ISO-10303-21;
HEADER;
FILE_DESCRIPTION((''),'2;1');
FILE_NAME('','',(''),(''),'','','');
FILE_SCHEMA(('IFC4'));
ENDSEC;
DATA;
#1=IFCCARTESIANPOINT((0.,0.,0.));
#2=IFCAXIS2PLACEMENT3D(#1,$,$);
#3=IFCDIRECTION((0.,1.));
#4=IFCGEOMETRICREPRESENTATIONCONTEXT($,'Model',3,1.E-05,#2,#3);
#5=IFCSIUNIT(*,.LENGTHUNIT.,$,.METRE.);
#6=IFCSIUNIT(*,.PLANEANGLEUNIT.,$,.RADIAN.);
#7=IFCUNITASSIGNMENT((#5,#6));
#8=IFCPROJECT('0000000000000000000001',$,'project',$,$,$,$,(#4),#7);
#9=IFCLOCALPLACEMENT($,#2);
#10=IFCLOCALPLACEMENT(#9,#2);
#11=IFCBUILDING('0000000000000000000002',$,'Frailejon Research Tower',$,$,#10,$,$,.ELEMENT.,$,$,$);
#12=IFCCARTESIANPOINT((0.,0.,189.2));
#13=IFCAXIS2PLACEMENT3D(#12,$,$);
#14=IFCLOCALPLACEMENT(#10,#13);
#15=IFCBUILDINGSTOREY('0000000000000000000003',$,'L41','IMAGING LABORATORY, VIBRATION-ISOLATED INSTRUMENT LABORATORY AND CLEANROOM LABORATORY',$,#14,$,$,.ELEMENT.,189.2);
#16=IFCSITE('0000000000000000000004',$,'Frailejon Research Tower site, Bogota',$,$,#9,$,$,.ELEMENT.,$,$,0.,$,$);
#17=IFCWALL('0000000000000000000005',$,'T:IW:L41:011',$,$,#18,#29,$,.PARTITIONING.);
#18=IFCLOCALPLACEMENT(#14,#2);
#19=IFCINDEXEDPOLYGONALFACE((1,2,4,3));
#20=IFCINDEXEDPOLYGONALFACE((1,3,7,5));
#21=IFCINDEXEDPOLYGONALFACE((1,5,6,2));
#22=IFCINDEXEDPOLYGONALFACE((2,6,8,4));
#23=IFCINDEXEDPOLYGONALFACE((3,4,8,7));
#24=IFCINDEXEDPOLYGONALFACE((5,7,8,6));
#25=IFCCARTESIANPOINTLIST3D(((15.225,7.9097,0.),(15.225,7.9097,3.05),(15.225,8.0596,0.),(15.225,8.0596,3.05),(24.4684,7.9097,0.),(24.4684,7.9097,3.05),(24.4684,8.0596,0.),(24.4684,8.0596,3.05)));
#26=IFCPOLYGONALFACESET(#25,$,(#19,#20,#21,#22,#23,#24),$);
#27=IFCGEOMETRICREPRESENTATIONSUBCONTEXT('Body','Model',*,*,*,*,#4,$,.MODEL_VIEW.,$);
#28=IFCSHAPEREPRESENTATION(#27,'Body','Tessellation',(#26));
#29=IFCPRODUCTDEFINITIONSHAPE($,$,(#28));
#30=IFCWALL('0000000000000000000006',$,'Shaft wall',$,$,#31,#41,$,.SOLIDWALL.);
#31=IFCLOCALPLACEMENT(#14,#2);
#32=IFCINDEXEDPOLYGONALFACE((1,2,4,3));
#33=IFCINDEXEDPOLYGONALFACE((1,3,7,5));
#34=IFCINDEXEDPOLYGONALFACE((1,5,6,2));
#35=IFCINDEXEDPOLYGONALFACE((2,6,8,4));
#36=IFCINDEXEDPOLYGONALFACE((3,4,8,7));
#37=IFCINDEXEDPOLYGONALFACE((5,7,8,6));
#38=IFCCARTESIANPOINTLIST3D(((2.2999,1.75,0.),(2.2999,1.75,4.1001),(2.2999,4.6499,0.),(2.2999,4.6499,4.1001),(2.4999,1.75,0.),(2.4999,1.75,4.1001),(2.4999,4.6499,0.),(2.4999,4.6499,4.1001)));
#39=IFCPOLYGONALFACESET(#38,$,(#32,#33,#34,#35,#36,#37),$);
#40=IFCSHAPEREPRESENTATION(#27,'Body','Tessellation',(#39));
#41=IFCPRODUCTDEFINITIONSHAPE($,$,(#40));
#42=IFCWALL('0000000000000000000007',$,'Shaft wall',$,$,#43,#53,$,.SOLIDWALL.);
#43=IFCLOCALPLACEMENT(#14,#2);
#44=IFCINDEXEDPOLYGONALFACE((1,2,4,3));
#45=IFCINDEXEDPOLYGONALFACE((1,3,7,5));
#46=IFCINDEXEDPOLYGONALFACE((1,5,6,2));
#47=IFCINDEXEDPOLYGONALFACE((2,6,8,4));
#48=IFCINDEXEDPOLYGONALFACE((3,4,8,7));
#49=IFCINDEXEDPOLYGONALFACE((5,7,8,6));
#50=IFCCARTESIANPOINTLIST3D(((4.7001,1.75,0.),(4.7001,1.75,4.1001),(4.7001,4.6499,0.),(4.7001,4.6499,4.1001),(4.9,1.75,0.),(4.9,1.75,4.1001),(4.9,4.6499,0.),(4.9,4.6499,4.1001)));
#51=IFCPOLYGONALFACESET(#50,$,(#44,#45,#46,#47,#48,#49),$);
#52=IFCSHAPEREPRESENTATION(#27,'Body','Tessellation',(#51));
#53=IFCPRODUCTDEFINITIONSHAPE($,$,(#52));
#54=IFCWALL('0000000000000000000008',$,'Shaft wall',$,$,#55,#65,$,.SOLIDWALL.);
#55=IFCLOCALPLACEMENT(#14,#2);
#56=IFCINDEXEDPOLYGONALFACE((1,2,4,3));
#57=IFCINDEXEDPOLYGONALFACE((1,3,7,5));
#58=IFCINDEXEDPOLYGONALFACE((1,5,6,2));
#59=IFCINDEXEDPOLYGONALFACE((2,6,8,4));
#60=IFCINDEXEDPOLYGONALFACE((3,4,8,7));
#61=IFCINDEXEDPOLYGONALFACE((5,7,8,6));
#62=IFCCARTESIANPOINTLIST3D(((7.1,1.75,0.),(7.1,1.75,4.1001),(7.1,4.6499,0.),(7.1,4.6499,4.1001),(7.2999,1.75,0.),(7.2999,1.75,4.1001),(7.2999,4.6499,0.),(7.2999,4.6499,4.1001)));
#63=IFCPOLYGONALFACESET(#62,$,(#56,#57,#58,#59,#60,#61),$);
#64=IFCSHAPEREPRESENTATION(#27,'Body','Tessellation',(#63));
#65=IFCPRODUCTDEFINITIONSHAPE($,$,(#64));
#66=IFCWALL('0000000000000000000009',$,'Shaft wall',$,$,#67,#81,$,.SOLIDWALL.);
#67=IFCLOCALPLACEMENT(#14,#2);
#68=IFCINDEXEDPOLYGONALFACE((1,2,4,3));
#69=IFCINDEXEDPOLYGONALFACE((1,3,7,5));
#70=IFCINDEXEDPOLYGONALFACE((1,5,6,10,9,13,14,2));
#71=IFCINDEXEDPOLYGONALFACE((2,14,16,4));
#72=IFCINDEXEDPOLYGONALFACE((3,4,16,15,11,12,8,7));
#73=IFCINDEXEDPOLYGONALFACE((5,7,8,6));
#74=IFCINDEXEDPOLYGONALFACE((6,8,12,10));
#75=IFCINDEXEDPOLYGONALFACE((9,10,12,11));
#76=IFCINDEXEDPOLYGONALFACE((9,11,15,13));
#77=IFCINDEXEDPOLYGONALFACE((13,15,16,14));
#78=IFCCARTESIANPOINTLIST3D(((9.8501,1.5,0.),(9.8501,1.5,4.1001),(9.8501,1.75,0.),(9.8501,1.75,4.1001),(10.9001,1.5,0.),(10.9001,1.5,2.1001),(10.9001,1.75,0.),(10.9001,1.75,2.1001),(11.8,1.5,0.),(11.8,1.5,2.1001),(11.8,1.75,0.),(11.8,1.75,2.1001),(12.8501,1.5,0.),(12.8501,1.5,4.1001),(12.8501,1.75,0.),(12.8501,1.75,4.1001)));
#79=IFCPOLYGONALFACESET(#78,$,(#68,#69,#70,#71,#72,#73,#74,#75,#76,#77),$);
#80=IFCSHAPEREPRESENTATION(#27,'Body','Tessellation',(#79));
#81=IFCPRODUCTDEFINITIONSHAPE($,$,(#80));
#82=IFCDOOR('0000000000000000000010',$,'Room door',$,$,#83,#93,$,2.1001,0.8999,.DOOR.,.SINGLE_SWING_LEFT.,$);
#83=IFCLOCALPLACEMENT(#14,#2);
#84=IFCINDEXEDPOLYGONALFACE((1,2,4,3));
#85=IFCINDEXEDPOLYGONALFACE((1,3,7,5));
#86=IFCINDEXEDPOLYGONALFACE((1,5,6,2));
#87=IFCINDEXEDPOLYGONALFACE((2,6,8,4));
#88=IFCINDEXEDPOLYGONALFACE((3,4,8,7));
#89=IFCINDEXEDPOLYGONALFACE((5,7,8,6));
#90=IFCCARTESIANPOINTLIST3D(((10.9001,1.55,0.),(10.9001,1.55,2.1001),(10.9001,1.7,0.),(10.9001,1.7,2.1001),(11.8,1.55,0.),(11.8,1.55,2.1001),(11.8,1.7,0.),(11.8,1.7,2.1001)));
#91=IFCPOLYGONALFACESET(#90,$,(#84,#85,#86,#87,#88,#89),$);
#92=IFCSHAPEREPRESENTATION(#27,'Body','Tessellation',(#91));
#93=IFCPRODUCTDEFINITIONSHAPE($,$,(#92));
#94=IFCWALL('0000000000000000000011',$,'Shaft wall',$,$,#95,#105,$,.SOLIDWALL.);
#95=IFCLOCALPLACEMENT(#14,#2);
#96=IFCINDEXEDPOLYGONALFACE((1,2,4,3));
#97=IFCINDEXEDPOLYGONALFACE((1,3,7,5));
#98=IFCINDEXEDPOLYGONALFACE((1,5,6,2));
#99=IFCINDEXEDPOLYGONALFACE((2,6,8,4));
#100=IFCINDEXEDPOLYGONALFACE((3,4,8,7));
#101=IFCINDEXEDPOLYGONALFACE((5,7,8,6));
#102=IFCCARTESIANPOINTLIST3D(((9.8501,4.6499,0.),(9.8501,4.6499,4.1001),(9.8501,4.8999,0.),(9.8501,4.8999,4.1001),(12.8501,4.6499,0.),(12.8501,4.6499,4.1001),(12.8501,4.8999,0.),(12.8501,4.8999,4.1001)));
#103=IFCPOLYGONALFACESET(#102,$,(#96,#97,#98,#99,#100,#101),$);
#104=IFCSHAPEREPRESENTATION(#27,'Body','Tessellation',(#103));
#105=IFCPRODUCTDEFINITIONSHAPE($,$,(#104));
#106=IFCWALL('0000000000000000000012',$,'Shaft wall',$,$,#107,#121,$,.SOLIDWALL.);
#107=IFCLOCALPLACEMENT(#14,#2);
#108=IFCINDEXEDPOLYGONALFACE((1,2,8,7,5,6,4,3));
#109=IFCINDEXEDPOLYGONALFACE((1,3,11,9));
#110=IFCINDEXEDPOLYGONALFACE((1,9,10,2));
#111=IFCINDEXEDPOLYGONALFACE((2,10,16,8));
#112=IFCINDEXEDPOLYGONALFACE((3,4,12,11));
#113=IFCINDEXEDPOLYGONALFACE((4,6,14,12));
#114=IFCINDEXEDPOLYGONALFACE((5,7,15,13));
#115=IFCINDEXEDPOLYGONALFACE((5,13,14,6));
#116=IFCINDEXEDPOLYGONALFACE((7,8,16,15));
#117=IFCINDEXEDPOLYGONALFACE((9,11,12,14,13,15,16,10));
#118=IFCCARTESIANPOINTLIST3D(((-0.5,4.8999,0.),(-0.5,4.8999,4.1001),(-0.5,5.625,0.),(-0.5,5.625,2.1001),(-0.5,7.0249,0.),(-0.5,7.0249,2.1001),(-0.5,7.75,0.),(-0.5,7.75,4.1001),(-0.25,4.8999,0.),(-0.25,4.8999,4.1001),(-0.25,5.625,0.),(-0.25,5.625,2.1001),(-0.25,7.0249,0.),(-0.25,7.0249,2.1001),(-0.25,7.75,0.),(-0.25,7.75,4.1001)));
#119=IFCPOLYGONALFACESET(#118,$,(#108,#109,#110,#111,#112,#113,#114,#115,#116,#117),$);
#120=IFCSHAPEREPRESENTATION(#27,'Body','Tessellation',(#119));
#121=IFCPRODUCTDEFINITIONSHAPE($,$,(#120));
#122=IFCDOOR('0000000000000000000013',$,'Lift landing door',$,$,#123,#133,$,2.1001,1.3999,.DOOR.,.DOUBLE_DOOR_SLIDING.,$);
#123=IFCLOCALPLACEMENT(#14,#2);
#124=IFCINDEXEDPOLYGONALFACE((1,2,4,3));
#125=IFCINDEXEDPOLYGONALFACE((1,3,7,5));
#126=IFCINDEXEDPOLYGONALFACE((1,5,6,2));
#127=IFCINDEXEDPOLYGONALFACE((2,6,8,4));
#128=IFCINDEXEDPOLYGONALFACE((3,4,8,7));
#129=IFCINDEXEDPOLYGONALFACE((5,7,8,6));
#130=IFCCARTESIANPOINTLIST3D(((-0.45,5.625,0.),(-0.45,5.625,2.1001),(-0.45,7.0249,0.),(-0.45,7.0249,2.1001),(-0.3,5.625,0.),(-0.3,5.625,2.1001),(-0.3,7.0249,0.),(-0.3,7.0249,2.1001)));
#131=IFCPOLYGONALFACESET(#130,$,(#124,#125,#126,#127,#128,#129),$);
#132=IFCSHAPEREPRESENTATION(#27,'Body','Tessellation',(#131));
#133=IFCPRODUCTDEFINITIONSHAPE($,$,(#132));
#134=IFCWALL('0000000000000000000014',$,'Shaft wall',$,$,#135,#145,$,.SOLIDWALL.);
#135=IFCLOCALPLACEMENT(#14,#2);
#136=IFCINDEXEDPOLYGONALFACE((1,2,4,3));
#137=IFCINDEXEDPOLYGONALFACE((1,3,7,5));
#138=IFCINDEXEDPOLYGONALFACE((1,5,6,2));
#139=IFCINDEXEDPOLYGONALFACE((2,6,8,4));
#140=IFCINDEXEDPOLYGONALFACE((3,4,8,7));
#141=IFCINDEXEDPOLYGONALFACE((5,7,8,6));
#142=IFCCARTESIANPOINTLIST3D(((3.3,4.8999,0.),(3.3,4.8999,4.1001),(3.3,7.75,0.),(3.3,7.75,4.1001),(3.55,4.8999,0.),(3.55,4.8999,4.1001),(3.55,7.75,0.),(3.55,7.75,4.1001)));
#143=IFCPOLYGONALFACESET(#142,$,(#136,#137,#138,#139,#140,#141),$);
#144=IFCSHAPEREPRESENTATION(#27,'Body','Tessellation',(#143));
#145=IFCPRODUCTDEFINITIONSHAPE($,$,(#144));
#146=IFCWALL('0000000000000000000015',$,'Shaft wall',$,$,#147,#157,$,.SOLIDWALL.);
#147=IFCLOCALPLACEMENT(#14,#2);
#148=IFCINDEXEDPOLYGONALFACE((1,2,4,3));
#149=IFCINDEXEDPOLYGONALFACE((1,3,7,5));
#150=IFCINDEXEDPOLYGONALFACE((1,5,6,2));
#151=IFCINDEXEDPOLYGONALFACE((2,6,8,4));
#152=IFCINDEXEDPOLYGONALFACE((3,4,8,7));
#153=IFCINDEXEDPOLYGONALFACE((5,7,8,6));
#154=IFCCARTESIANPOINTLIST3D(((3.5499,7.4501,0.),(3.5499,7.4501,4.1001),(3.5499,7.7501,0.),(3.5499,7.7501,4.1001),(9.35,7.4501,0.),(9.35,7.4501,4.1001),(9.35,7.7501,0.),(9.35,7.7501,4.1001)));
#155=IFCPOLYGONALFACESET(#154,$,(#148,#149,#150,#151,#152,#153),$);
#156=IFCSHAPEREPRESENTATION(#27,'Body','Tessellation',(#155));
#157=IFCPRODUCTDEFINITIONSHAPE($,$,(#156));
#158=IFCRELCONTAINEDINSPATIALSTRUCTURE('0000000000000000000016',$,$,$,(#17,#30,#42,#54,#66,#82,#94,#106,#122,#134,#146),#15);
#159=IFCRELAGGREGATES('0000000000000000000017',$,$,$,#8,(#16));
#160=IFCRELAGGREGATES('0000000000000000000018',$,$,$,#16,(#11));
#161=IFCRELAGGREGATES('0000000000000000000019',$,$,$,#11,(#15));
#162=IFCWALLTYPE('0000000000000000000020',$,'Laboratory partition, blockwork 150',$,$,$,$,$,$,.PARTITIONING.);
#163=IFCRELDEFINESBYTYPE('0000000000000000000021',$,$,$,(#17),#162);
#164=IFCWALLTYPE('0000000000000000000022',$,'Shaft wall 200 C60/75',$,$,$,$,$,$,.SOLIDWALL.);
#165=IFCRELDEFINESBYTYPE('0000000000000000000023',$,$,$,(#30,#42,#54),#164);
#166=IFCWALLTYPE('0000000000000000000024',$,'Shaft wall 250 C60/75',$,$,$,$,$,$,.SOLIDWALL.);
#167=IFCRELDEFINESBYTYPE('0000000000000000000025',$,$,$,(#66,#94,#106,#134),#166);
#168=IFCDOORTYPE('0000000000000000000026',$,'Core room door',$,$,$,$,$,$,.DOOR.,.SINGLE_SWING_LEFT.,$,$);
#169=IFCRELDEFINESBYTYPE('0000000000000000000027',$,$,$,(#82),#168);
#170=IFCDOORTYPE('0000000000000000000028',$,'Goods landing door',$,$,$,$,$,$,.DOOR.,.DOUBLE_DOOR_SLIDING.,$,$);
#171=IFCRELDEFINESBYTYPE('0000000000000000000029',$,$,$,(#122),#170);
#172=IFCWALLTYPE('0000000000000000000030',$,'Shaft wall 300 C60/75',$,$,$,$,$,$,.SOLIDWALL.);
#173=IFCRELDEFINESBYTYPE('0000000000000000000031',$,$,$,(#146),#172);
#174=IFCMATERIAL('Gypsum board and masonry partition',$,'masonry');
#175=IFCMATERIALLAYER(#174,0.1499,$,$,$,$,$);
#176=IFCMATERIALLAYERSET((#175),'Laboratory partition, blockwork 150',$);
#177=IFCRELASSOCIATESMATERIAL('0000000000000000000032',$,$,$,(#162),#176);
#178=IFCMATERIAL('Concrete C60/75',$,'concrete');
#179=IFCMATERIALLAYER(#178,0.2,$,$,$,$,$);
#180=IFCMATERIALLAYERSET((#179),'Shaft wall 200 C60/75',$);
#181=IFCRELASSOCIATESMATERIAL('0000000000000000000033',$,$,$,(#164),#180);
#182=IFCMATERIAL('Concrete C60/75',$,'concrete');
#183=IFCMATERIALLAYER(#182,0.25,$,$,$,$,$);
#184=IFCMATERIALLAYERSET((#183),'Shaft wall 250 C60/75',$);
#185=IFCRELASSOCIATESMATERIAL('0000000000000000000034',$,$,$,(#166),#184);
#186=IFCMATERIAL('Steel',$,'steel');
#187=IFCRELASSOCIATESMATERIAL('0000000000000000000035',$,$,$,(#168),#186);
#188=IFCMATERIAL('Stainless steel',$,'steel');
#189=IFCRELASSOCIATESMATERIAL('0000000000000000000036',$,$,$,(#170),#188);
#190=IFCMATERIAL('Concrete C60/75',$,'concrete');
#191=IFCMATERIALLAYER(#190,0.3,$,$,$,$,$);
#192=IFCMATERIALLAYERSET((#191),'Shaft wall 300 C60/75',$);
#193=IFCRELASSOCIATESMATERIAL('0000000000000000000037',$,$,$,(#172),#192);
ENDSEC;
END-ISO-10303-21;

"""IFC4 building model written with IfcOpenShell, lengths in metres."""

from ifc_helpers import new_model, si_unit, direction, frame, frame_2d, origin, place, context, subcontext, project, spatial, rectangle, extrude, material, layer, layer_set, type_object, element, fill, save


model = new_model("IFC4")

# Units and contexts
model_context = context("Model", 3, precision=1e-05, world=origin(), true_north=direction((0.0, 1.0)))
body_context = subcontext(model_context, "Body", "Model", "MODEL_VIEW")
ifc_project = project(units=[si_unit("LENGTHUNIT", "METRE"), si_unit("PLANEANGLEUNIT", "RADIAN")], contexts=[model_context])

# Site, building, storey
site_placement = place(None, origin())
site = spatial("IfcSite", under=ifc_project, at=site_placement, Name="Frailejon Research Tower site, Bogota", CompositionType="ELEMENT", RefElevation=0.0)
building_placement = place(site_placement, origin())
building = spatial("IfcBuilding", under=site, at=building_placement, Name="Frailejon Research Tower", CompositionType="ELEMENT")
storey_placement = place(building_placement, frame((0.0, 0.0, 189.2)))
storey = spatial("IfcBuildingStorey", under=building, at=storey_placement, Name="L41", Description="IMAGING LABORATORY, VIBRATION-ISOLATED INSTRUMENT LABORATORY AND CLEANROOM LABORATORY", CompositionType="ELEMENT", Elevation=189.2)

# Walls
ifc_material_1 = material(Name="Gypsum board and masonry partition", Category="masonry")
ifc_layer_1 = layer(ifc_material_1, 0.1499)
ifc_layer_set_1 = layer_set([ifc_layer_1], Name="Laboratory partition, blockwork 150")
wall_type_1 = type_object("IfcWallType", Name="Laboratory partition, blockwork 150", PredefinedType="PARTITIONING", material=ifc_layer_set_1)
wall_1_placement = place(storey_placement, frame((15.2251, 7.9846, 0.0), z_axis=(0.0, 0.0, 1.0), x_axis=(1.0, 0.0, 0.0)))
element("IfcWall", 1, at=wall_1_placement, inside=storey, type_object=wall_type_1, Name="T:IW:L41:011", PredefinedType="PARTITIONING", context=body_context, shape_type="SweptSolid", body=[
    extrude(rectangle(XDim=9.2434, YDim=0.1499, at=frame_2d((4.6216, 0.0))), origin(), (0.0, 0.0, 1.0), 3.05),
])
ifc_material_2 = material(Name="Concrete C60/75", Category="concrete")
ifc_layer_2 = layer(ifc_material_2, 0.2)
ifc_layer_set_2 = layer_set([ifc_layer_2], Name="Shaft wall 200 C60/75")
wall_type_2 = type_object("IfcWallType", Name="Shaft wall 200 C60/75", PredefinedType="SOLIDWALL", material=ifc_layer_set_2)
for number, where, z_axis, x_axis, name in (
    (2, (2.3999, 1.75, 0.0), (0.0, 0.0, 1.0), (0.0, 1.0, 0.0), "Shaft wall"),
    (3, (4.8, 1.75, 0.0), (0.0, 0.0, 1.0), (0.0, 1.0, 0.0), "Shaft wall"),
    (4, (7.2, 1.75, 0.0), (0.0, 0.0, 1.0), (0.0, 1.0, 0.0), "Shaft wall"),
):
    element("IfcWall", number, at=place(storey_placement, frame(where, z_axis=z_axis, x_axis=x_axis)), inside=storey, type_object=wall_type_2, Name=name, PredefinedType="SOLIDWALL", context=body_context, shape_type="SweptSolid", body=[
        extrude(rectangle(XDim=2.8999, YDim=0.2, at=frame_2d((1.45, 0.0))), origin(), (0.0, 0.0, 1.0), 4.1001),
    ])

# Wall, opening, door
ifc_material_3 = material(Name="Concrete C60/75", Category="concrete")
ifc_layer_3 = layer(ifc_material_3, 0.25)
ifc_layer_set_3 = layer_set([ifc_layer_3], Name="Shaft wall 250 C60/75")
wall_type_3 = type_object("IfcWallType", Name="Shaft wall 250 C60/75", PredefinedType="SOLIDWALL", material=ifc_layer_set_3)
wall_2_placement = place(storey_placement, frame((9.8501, 1.625, 0.0), z_axis=(0.0, 0.0, 1.0), x_axis=(1.0, 0.0, 0.0)))
wall_2 = element("IfcWall", 5, at=wall_2_placement, inside=storey, type_object=wall_type_3, Name="Shaft wall", PredefinedType="SOLIDWALL", context=body_context, shape_type="SweptSolid", body=[
    extrude(rectangle(XDim=3.0, YDim=0.25, at=frame_2d((1.5, 0.0))), origin(), (0.0, 0.0, 1.0), 4.1001),
])
opening_1_placement = place(wall_2_placement, frame((1.05, 0.0, 0.0)))
opening_1 = element("IfcOpeningElement", 6, at=opening_1_placement, cuts=wall_2, PredefinedType="OPENING", context=body_context, shape_type="SweptSolid", body=[
    extrude(rectangle(XDim=0.8999, YDim=2.1001, at=frame_2d((0.45, 1.05))), frame((0.0, 0.135, 0.0), z_axis=(0.0, -1.0, 0.0), x_axis=(1.0, 0.0, 0.0)), (0.0, 0.0, 1.0), 0.27),
])
ifc_material_4 = material(Name="Steel", Category="steel")
door_type_1 = type_object("IfcDoorType", Name="Core room door", OperationType="SINGLE_SWING_LEFT", PredefinedType="DOOR", material=ifc_material_4)
door_1_placement = place(opening_1_placement, origin())
door_1 = element("IfcDoor", 7, at=door_1_placement, inside=storey, type_object=door_type_1, Name="Room door", OperationType="SINGLE_SWING_LEFT", OverallHeight=2.1001, OverallWidth=0.8999, PredefinedType="DOOR", context=body_context, shape_type="SweptSolid", body=[
    extrude(rectangle(XDim=0.8999, YDim=2.1001, at=frame_2d((0.45, 1.05))), frame((0.0, 0.075, 0.0), z_axis=(0.0, -1.0, 0.0), x_axis=(1.0, 0.0, 0.0)), (0.0, 0.0, 1.0), 0.1499),
])
fill(opening_1, door_1)

# Wall
wall_3_placement = place(storey_placement, frame((9.8501, 4.7749, 0.0), z_axis=(0.0, 0.0, 1.0), x_axis=(1.0, 0.0, 0.0)))
element("IfcWall", 8, at=wall_3_placement, inside=storey, type_object=wall_type_3, Name="Shaft wall", PredefinedType="SOLIDWALL", context=body_context, shape_type="SweptSolid", body=[
    extrude(rectangle(XDim=3.0, YDim=0.25, at=frame_2d((1.5, 0.0))), origin(), (0.0, 0.0, 1.0), 4.1001),
])

# Wall, opening, door
wall_4_placement = place(storey_placement, frame((-0.375, 4.8999, 0.0), z_axis=(0.0, 0.0, 1.0), x_axis=(0.0, 1.0, 0.0)))
wall_4 = element("IfcWall", 9, at=wall_4_placement, inside=storey, type_object=wall_type_3, Name="Shaft wall", PredefinedType="SOLIDWALL", context=body_context, shape_type="SweptSolid", body=[
    extrude(rectangle(XDim=2.8501, YDim=0.25, at=frame_2d((1.425, 0.0))), origin(), (0.0, 0.0, 1.0), 4.1001),
])
opening_2_placement = place(wall_4_placement, frame((0.7251, 0.0, 0.0)))
opening_2 = element("IfcOpeningElement", 10, at=opening_2_placement, cuts=wall_4, PredefinedType="OPENING", context=body_context, shape_type="SweptSolid", body=[
    extrude(rectangle(XDim=1.3999, YDim=2.1001, at=frame_2d((0.7, 1.05))), frame((0.0, 0.135, 0.0), z_axis=(0.0, -1.0, 0.0), x_axis=(1.0, 0.0, 0.0)), (0.0, 0.0, 1.0), 0.27),
])
ifc_material_5 = material(Name="Stainless steel", Category="steel")
door_type_2 = type_object("IfcDoorType", Name="Goods landing door", OperationType="DOUBLE_DOOR_SLIDING", PredefinedType="DOOR", material=ifc_material_5)
door_2_placement = place(opening_2_placement, origin())
door_2 = element("IfcDoor", 11, at=door_2_placement, inside=storey, type_object=door_type_2, Name="Lift landing door", OperationType="DOUBLE_DOOR_SLIDING", OverallHeight=2.1001, OverallWidth=1.3999, PredefinedType="DOOR", context=body_context, shape_type="SweptSolid", body=[
    extrude(rectangle(XDim=1.3999, YDim=2.1001, at=frame_2d((0.7, 1.05))), frame((0.0, 0.075, 0.0), z_axis=(0.0, -1.0, 0.0), x_axis=(1.0, 0.0, 0.0)), (0.0, 0.0, 1.0), 0.1499),
])
fill(opening_2, door_2)

# Walls
wall_5_placement = place(storey_placement, frame((3.425, 4.8999, 0.0), z_axis=(0.0, 0.0, 1.0), x_axis=(0.0, 1.0, 0.0)))
element("IfcWall", 12, at=wall_5_placement, inside=storey, type_object=wall_type_3, Name="Shaft wall", PredefinedType="SOLIDWALL", context=body_context, shape_type="SweptSolid", body=[
    extrude(rectangle(XDim=2.8501, YDim=0.25, at=frame_2d((1.425, 0.0))), origin(), (0.0, 0.0, 1.0), 4.1001),
])
ifc_material_6 = material(Name="Concrete C60/75", Category="concrete")
ifc_layer_4 = layer(ifc_material_6, 0.3)
ifc_layer_set_4 = layer_set([ifc_layer_4], Name="Shaft wall 300 C60/75")
wall_type_4 = type_object("IfcWallType", Name="Shaft wall 300 C60/75", PredefinedType="SOLIDWALL", material=ifc_layer_set_4)
wall_6_placement = place(storey_placement, frame((3.55, 7.6001, 0.0), z_axis=(0.0, 0.0, 1.0), x_axis=(1.0, 0.0, 0.0)))
element("IfcWall", 13, at=wall_6_placement, inside=storey, type_object=wall_type_4, Name="Shaft wall", PredefinedType="SOLIDWALL", context=body_context, shape_type="SweptSolid", body=[
    extrude(rectangle(XDim=5.8, YDim=0.3, at=frame_2d((2.8999, 0.0))), origin(), (0.0, 0.0, 1.0), 4.1001),
])

save(model, "model.ifc")
